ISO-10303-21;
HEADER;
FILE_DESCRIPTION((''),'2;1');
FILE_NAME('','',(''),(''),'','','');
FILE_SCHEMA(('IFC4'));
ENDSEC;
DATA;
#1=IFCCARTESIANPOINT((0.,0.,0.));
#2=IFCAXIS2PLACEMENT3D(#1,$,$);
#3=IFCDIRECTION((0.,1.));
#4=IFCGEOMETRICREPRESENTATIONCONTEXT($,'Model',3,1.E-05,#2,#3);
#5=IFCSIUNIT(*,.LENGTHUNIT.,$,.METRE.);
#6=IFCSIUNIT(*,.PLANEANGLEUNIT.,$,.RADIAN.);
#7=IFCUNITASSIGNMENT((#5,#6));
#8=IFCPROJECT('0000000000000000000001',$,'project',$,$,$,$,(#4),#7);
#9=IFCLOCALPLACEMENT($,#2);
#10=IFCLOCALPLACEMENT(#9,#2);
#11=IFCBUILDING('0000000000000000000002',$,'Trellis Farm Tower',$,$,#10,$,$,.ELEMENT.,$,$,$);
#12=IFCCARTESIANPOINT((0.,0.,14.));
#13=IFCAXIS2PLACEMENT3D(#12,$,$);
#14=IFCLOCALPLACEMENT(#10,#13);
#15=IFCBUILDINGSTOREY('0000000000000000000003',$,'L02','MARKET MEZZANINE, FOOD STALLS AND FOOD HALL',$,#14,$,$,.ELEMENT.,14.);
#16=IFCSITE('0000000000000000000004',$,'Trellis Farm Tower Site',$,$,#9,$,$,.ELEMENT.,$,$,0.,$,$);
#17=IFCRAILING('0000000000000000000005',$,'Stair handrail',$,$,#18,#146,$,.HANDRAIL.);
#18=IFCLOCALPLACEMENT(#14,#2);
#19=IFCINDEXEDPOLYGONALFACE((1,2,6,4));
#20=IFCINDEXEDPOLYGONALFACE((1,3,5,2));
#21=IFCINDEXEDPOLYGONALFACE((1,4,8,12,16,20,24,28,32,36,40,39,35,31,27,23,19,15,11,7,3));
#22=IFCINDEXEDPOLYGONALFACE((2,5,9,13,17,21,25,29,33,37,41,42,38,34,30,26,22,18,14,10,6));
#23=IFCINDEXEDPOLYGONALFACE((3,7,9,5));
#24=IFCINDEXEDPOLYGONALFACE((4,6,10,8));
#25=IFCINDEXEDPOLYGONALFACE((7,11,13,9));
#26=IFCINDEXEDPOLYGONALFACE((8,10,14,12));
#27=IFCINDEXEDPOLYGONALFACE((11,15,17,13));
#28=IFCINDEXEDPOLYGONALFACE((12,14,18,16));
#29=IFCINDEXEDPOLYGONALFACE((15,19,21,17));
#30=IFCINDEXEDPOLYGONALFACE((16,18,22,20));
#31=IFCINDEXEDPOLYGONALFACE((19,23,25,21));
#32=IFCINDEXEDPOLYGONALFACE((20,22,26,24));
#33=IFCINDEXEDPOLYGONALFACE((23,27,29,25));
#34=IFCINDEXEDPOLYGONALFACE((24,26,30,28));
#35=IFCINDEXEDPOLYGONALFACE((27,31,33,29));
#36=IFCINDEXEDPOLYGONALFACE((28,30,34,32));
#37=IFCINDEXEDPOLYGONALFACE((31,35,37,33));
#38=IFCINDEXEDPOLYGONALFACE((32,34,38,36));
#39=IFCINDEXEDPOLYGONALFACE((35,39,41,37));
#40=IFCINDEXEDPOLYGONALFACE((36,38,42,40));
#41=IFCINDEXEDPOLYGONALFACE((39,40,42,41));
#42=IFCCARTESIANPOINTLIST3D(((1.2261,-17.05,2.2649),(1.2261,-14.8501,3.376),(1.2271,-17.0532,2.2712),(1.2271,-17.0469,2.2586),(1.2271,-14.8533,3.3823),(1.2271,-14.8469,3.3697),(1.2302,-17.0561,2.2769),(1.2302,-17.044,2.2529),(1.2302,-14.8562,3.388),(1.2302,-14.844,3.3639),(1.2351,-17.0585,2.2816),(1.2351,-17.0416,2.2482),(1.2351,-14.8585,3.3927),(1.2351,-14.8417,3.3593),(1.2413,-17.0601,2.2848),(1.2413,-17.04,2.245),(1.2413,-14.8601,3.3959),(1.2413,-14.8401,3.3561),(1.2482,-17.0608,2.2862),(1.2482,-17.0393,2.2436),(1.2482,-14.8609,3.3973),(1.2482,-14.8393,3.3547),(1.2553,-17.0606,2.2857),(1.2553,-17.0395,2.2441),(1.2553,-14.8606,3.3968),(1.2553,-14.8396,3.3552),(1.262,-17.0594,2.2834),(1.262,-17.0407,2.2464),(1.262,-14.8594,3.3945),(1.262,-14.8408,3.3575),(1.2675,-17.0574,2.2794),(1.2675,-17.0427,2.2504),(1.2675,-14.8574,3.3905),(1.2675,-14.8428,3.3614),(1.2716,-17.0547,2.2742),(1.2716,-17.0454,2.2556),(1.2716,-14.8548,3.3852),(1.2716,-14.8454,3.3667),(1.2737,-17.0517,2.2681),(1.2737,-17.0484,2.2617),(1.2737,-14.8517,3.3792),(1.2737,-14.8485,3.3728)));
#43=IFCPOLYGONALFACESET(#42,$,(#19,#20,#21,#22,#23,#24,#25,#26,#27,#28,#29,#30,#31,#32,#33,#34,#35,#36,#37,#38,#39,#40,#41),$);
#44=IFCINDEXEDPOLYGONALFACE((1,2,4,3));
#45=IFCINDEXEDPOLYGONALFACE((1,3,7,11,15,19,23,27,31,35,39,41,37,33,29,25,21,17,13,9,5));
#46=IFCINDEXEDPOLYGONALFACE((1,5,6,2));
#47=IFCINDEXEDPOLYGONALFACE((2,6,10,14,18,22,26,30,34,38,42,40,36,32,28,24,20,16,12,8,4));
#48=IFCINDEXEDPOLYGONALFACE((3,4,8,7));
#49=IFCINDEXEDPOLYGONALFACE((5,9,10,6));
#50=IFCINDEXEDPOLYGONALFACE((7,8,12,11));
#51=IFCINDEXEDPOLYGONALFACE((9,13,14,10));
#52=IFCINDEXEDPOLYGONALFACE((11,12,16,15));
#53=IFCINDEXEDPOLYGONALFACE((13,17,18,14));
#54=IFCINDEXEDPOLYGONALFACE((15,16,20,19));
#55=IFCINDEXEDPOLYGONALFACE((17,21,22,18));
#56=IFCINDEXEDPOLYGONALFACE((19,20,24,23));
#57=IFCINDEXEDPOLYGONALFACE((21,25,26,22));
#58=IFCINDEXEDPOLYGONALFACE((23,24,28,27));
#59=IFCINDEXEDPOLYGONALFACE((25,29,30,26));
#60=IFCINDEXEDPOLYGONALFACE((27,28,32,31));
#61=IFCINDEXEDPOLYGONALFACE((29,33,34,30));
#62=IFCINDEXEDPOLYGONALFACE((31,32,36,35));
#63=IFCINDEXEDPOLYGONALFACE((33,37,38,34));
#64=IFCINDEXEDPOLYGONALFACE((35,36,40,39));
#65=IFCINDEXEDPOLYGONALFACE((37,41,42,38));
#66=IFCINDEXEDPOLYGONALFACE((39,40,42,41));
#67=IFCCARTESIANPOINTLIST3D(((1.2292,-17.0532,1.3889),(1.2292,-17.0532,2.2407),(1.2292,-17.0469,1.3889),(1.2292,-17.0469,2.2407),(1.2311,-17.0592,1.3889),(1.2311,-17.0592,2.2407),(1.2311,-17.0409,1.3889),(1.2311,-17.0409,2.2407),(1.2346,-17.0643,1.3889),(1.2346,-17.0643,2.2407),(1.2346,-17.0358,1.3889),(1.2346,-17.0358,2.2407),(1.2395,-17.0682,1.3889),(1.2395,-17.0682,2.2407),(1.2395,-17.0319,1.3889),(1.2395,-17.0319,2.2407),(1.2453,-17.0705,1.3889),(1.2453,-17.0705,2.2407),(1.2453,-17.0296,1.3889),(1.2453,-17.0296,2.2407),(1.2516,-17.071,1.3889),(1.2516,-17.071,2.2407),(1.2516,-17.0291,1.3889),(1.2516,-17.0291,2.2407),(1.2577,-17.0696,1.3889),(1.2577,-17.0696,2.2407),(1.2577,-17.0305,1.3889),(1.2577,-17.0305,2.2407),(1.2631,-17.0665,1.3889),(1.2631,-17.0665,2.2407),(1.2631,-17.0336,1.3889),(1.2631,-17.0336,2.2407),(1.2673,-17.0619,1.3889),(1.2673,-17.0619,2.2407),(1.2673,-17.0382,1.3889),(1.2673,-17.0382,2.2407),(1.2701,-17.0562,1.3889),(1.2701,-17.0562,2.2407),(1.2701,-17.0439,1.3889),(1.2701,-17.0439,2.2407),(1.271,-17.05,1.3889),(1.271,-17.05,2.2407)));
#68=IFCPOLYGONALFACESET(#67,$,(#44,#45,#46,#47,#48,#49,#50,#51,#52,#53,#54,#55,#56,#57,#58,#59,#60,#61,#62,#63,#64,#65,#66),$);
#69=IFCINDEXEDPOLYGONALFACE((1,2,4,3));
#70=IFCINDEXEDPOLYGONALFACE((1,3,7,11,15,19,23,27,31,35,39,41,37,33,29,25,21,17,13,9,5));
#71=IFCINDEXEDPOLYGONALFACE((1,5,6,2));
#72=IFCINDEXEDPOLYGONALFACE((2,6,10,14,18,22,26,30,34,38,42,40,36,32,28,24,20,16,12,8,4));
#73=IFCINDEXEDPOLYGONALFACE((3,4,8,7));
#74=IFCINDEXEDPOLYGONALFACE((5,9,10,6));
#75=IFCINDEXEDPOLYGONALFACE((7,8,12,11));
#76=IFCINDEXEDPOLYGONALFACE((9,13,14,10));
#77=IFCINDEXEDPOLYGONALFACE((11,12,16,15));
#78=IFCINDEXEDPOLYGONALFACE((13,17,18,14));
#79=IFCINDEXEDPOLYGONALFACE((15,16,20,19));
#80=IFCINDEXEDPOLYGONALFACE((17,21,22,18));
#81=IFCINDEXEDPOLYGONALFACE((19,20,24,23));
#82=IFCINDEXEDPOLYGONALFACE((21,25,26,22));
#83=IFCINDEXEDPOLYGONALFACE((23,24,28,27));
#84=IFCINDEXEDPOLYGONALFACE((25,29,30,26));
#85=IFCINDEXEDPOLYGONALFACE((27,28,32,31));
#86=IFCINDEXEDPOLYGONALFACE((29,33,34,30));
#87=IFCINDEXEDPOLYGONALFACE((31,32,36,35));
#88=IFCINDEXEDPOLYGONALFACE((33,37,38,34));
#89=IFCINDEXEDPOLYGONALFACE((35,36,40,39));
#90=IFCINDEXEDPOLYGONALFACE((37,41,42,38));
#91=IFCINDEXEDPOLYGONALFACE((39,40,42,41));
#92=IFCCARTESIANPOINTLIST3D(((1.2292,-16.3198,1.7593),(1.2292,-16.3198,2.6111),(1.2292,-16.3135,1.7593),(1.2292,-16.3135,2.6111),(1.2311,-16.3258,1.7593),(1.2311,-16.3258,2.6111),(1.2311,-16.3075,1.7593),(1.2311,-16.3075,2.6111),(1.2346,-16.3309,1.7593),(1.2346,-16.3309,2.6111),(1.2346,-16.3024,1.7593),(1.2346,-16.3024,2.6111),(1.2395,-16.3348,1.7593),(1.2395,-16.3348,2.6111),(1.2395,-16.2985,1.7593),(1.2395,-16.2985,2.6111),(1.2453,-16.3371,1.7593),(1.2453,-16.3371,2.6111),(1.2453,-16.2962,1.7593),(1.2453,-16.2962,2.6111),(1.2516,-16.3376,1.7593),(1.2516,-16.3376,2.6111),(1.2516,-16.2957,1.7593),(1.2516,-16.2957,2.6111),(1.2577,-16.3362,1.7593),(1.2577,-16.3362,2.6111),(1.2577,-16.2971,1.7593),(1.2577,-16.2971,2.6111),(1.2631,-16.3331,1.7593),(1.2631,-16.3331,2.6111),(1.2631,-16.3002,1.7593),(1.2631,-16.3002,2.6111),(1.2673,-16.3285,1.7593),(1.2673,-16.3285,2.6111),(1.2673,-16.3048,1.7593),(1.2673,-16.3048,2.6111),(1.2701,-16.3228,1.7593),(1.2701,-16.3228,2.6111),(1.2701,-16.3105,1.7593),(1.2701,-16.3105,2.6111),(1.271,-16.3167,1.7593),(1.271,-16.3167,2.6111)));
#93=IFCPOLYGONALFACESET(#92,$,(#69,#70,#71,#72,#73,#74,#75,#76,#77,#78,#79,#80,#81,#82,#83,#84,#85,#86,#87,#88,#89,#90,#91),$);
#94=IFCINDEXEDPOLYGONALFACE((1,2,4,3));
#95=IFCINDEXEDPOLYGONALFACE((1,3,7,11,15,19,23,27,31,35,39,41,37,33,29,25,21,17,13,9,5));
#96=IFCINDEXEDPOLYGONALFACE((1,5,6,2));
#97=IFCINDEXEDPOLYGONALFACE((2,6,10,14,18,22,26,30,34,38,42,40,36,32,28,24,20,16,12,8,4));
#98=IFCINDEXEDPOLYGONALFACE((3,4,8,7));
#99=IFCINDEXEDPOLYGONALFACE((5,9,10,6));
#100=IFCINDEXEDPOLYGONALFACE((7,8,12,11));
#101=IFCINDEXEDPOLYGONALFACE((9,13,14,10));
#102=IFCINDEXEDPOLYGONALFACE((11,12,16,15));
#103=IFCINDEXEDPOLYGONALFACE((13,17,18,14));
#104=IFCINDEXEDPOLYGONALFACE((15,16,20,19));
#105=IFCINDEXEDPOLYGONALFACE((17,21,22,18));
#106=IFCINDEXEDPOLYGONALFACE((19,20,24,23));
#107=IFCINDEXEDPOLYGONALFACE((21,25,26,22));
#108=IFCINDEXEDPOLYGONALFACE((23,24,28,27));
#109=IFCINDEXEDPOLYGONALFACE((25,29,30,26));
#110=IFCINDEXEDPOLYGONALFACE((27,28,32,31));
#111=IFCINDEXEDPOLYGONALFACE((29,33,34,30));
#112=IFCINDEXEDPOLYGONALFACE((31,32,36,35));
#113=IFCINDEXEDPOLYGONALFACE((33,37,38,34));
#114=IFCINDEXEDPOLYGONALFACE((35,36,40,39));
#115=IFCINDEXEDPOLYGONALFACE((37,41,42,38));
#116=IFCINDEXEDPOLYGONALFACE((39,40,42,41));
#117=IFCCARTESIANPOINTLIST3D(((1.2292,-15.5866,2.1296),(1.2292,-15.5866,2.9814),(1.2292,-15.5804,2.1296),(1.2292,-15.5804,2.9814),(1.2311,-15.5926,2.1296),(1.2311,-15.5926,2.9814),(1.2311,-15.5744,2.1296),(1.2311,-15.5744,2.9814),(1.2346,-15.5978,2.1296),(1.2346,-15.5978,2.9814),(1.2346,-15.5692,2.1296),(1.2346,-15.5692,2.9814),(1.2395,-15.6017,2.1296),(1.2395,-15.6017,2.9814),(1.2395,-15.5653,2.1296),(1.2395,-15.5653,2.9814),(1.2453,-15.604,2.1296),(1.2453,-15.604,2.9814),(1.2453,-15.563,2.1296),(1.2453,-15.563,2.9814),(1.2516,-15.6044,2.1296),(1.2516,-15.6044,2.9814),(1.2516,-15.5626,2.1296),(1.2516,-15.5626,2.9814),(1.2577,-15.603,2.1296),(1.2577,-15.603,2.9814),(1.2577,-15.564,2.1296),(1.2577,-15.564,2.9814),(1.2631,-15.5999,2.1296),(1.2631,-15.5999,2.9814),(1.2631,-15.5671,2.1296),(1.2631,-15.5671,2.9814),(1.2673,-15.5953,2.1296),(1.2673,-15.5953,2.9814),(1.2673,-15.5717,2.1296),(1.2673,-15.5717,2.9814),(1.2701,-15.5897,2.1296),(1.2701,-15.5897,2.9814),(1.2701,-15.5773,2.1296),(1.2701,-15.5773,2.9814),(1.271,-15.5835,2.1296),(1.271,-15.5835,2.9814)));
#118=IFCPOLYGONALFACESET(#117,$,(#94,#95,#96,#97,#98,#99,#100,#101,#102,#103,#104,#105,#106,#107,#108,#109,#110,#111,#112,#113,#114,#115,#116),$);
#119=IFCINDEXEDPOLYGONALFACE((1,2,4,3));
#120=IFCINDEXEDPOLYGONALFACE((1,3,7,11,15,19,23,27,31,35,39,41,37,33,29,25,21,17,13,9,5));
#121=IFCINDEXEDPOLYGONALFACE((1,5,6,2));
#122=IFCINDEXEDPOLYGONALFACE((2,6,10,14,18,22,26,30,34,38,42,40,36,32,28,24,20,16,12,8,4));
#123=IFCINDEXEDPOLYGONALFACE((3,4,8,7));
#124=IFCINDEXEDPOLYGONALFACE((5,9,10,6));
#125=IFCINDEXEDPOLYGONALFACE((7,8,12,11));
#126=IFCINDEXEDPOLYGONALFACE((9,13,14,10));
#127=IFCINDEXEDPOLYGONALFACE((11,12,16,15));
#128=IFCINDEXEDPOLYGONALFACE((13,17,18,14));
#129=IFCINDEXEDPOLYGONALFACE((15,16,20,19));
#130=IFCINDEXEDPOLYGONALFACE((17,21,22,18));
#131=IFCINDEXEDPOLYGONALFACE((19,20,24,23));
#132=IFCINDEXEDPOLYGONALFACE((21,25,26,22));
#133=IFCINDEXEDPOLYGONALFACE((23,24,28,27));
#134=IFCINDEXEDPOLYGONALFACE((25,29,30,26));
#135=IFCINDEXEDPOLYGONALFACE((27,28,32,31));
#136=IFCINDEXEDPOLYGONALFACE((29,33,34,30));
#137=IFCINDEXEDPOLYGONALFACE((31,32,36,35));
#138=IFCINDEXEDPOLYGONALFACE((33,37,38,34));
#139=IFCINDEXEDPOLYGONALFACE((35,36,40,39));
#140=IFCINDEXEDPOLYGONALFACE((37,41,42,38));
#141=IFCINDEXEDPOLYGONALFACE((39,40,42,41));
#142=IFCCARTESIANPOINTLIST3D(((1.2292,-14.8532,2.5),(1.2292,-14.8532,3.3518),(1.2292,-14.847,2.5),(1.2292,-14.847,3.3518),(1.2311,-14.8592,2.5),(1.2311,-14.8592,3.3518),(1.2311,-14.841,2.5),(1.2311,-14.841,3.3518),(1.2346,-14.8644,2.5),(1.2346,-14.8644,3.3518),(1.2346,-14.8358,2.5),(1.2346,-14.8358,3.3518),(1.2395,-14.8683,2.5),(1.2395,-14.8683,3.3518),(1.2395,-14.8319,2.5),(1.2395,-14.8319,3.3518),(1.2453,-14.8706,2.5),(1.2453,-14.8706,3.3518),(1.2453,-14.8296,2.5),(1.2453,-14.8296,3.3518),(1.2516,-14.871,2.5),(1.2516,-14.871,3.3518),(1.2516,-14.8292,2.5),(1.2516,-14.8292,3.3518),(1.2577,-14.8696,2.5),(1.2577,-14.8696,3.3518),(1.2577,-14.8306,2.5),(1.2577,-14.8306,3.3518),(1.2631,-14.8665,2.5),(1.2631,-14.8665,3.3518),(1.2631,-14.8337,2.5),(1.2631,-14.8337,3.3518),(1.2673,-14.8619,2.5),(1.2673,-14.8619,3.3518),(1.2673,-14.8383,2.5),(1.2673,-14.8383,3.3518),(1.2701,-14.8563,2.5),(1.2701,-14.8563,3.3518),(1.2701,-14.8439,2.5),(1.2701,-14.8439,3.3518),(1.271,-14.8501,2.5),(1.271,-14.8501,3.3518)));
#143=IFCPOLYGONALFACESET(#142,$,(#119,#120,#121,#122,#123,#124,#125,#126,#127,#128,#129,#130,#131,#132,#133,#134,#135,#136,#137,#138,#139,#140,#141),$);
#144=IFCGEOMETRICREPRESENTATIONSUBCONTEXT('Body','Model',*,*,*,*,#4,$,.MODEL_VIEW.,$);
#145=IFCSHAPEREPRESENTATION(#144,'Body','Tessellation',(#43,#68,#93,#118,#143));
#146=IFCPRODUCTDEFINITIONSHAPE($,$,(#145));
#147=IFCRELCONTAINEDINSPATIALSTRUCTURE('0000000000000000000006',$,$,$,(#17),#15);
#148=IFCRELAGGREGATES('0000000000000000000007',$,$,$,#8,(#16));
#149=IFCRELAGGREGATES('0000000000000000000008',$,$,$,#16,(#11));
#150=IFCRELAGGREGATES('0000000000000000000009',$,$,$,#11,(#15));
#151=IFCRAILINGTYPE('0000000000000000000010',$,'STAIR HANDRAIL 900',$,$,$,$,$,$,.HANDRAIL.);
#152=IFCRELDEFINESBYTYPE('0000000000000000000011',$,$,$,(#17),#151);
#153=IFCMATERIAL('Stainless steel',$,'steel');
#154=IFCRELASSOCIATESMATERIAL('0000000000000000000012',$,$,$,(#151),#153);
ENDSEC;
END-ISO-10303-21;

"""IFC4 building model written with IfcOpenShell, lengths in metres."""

from ifc_helpers import new_model, si_unit, direction, frame, origin, origin_2d, place, context, subcontext, project, spatial, circle, extrude, source, transform, mapped, material, type_object, element, save


model = new_model("IFC4")

# Units and contexts
model_context = context("Model", 3, precision=1e-05, world=origin(), true_north=direction((0.0, 1.0)))
body_context = subcontext(model_context, "Body", "Model", "MODEL_VIEW")
ifc_project = project(units=[si_unit("LENGTHUNIT", "METRE"), si_unit("PLANEANGLEUNIT", "RADIAN")], contexts=[model_context])

# Site, building, storey
site_placement = place(None, origin())
site = spatial("IfcSite", under=ifc_project, at=site_placement, Name="Trellis Farm Tower Site", CompositionType="ELEMENT", RefElevation=0.0)
building_placement = place(site_placement, origin())
building = spatial("IfcBuilding", under=site, at=building_placement, Name="Trellis Farm Tower", CompositionType="ELEMENT")
storey_placement = place(building_placement, frame((0.0, 0.0, 14.0)))
storey = spatial("IfcBuildingStorey", under=building, at=storey_placement, Name="L02", Description="MARKET MEZZANINE, FOOD STALLS AND FOOD HALL", CompositionType="ELEMENT", Elevation=14.0)

# Railing
ifc_material_1 = material(Name="Stainless steel", Category="steel")
railing_type = type_object("IfcRailingType", Name="STAIR HANDRAIL 900", PredefinedType="HANDRAIL", material=ifc_material_1)
shared_shape_1 = source(origin(), body_context, "Body", "SweptSolid", [
    extrude(circle(Radius=0.0239, at=origin_2d()), frame((0.0, 0.0, 0.876), z_axis=(0.0, 0.892617, 0.450816), x_axis=(-1.0, 0.0, 0.0)), (0.0, 0.0, 1.0), 2.4646),
    extrude(circle(Radius=0.021, at=origin_2d()), origin(), (0.0, 0.0, 1.0), 0.8518),
    extrude(circle(Radius=0.021, at=origin_2d()), frame((0.0, 0.7334, 0.3704)), (0.0, 0.0, 1.0), 0.8518),
    extrude(circle(Radius=0.021, at=origin_2d()), frame((0.0, 1.4666, 0.7407)), (0.0, 0.0, 1.0), 0.8518),
    extrude(circle(Radius=0.021, at=origin_2d()), frame((0.0, 2.2, 1.1111)), (0.0, 0.0, 1.0), 0.8518),
])
for number, where, name in (
    (1, (1.25, -17.05, 1.3889), "Stair handrail"),
):
    element("IfcRailing", number, at=place(storey_placement, frame(where)), inside=storey, type_object=railing_type, Name=name, PredefinedType="HANDRAIL", context=body_context, shape_type="MappedRepresentation", body=[
        mapped(shared_shape_1, transform((0.0, 0.0, 0.0))),
    ])

save(model, "model.ifc")
